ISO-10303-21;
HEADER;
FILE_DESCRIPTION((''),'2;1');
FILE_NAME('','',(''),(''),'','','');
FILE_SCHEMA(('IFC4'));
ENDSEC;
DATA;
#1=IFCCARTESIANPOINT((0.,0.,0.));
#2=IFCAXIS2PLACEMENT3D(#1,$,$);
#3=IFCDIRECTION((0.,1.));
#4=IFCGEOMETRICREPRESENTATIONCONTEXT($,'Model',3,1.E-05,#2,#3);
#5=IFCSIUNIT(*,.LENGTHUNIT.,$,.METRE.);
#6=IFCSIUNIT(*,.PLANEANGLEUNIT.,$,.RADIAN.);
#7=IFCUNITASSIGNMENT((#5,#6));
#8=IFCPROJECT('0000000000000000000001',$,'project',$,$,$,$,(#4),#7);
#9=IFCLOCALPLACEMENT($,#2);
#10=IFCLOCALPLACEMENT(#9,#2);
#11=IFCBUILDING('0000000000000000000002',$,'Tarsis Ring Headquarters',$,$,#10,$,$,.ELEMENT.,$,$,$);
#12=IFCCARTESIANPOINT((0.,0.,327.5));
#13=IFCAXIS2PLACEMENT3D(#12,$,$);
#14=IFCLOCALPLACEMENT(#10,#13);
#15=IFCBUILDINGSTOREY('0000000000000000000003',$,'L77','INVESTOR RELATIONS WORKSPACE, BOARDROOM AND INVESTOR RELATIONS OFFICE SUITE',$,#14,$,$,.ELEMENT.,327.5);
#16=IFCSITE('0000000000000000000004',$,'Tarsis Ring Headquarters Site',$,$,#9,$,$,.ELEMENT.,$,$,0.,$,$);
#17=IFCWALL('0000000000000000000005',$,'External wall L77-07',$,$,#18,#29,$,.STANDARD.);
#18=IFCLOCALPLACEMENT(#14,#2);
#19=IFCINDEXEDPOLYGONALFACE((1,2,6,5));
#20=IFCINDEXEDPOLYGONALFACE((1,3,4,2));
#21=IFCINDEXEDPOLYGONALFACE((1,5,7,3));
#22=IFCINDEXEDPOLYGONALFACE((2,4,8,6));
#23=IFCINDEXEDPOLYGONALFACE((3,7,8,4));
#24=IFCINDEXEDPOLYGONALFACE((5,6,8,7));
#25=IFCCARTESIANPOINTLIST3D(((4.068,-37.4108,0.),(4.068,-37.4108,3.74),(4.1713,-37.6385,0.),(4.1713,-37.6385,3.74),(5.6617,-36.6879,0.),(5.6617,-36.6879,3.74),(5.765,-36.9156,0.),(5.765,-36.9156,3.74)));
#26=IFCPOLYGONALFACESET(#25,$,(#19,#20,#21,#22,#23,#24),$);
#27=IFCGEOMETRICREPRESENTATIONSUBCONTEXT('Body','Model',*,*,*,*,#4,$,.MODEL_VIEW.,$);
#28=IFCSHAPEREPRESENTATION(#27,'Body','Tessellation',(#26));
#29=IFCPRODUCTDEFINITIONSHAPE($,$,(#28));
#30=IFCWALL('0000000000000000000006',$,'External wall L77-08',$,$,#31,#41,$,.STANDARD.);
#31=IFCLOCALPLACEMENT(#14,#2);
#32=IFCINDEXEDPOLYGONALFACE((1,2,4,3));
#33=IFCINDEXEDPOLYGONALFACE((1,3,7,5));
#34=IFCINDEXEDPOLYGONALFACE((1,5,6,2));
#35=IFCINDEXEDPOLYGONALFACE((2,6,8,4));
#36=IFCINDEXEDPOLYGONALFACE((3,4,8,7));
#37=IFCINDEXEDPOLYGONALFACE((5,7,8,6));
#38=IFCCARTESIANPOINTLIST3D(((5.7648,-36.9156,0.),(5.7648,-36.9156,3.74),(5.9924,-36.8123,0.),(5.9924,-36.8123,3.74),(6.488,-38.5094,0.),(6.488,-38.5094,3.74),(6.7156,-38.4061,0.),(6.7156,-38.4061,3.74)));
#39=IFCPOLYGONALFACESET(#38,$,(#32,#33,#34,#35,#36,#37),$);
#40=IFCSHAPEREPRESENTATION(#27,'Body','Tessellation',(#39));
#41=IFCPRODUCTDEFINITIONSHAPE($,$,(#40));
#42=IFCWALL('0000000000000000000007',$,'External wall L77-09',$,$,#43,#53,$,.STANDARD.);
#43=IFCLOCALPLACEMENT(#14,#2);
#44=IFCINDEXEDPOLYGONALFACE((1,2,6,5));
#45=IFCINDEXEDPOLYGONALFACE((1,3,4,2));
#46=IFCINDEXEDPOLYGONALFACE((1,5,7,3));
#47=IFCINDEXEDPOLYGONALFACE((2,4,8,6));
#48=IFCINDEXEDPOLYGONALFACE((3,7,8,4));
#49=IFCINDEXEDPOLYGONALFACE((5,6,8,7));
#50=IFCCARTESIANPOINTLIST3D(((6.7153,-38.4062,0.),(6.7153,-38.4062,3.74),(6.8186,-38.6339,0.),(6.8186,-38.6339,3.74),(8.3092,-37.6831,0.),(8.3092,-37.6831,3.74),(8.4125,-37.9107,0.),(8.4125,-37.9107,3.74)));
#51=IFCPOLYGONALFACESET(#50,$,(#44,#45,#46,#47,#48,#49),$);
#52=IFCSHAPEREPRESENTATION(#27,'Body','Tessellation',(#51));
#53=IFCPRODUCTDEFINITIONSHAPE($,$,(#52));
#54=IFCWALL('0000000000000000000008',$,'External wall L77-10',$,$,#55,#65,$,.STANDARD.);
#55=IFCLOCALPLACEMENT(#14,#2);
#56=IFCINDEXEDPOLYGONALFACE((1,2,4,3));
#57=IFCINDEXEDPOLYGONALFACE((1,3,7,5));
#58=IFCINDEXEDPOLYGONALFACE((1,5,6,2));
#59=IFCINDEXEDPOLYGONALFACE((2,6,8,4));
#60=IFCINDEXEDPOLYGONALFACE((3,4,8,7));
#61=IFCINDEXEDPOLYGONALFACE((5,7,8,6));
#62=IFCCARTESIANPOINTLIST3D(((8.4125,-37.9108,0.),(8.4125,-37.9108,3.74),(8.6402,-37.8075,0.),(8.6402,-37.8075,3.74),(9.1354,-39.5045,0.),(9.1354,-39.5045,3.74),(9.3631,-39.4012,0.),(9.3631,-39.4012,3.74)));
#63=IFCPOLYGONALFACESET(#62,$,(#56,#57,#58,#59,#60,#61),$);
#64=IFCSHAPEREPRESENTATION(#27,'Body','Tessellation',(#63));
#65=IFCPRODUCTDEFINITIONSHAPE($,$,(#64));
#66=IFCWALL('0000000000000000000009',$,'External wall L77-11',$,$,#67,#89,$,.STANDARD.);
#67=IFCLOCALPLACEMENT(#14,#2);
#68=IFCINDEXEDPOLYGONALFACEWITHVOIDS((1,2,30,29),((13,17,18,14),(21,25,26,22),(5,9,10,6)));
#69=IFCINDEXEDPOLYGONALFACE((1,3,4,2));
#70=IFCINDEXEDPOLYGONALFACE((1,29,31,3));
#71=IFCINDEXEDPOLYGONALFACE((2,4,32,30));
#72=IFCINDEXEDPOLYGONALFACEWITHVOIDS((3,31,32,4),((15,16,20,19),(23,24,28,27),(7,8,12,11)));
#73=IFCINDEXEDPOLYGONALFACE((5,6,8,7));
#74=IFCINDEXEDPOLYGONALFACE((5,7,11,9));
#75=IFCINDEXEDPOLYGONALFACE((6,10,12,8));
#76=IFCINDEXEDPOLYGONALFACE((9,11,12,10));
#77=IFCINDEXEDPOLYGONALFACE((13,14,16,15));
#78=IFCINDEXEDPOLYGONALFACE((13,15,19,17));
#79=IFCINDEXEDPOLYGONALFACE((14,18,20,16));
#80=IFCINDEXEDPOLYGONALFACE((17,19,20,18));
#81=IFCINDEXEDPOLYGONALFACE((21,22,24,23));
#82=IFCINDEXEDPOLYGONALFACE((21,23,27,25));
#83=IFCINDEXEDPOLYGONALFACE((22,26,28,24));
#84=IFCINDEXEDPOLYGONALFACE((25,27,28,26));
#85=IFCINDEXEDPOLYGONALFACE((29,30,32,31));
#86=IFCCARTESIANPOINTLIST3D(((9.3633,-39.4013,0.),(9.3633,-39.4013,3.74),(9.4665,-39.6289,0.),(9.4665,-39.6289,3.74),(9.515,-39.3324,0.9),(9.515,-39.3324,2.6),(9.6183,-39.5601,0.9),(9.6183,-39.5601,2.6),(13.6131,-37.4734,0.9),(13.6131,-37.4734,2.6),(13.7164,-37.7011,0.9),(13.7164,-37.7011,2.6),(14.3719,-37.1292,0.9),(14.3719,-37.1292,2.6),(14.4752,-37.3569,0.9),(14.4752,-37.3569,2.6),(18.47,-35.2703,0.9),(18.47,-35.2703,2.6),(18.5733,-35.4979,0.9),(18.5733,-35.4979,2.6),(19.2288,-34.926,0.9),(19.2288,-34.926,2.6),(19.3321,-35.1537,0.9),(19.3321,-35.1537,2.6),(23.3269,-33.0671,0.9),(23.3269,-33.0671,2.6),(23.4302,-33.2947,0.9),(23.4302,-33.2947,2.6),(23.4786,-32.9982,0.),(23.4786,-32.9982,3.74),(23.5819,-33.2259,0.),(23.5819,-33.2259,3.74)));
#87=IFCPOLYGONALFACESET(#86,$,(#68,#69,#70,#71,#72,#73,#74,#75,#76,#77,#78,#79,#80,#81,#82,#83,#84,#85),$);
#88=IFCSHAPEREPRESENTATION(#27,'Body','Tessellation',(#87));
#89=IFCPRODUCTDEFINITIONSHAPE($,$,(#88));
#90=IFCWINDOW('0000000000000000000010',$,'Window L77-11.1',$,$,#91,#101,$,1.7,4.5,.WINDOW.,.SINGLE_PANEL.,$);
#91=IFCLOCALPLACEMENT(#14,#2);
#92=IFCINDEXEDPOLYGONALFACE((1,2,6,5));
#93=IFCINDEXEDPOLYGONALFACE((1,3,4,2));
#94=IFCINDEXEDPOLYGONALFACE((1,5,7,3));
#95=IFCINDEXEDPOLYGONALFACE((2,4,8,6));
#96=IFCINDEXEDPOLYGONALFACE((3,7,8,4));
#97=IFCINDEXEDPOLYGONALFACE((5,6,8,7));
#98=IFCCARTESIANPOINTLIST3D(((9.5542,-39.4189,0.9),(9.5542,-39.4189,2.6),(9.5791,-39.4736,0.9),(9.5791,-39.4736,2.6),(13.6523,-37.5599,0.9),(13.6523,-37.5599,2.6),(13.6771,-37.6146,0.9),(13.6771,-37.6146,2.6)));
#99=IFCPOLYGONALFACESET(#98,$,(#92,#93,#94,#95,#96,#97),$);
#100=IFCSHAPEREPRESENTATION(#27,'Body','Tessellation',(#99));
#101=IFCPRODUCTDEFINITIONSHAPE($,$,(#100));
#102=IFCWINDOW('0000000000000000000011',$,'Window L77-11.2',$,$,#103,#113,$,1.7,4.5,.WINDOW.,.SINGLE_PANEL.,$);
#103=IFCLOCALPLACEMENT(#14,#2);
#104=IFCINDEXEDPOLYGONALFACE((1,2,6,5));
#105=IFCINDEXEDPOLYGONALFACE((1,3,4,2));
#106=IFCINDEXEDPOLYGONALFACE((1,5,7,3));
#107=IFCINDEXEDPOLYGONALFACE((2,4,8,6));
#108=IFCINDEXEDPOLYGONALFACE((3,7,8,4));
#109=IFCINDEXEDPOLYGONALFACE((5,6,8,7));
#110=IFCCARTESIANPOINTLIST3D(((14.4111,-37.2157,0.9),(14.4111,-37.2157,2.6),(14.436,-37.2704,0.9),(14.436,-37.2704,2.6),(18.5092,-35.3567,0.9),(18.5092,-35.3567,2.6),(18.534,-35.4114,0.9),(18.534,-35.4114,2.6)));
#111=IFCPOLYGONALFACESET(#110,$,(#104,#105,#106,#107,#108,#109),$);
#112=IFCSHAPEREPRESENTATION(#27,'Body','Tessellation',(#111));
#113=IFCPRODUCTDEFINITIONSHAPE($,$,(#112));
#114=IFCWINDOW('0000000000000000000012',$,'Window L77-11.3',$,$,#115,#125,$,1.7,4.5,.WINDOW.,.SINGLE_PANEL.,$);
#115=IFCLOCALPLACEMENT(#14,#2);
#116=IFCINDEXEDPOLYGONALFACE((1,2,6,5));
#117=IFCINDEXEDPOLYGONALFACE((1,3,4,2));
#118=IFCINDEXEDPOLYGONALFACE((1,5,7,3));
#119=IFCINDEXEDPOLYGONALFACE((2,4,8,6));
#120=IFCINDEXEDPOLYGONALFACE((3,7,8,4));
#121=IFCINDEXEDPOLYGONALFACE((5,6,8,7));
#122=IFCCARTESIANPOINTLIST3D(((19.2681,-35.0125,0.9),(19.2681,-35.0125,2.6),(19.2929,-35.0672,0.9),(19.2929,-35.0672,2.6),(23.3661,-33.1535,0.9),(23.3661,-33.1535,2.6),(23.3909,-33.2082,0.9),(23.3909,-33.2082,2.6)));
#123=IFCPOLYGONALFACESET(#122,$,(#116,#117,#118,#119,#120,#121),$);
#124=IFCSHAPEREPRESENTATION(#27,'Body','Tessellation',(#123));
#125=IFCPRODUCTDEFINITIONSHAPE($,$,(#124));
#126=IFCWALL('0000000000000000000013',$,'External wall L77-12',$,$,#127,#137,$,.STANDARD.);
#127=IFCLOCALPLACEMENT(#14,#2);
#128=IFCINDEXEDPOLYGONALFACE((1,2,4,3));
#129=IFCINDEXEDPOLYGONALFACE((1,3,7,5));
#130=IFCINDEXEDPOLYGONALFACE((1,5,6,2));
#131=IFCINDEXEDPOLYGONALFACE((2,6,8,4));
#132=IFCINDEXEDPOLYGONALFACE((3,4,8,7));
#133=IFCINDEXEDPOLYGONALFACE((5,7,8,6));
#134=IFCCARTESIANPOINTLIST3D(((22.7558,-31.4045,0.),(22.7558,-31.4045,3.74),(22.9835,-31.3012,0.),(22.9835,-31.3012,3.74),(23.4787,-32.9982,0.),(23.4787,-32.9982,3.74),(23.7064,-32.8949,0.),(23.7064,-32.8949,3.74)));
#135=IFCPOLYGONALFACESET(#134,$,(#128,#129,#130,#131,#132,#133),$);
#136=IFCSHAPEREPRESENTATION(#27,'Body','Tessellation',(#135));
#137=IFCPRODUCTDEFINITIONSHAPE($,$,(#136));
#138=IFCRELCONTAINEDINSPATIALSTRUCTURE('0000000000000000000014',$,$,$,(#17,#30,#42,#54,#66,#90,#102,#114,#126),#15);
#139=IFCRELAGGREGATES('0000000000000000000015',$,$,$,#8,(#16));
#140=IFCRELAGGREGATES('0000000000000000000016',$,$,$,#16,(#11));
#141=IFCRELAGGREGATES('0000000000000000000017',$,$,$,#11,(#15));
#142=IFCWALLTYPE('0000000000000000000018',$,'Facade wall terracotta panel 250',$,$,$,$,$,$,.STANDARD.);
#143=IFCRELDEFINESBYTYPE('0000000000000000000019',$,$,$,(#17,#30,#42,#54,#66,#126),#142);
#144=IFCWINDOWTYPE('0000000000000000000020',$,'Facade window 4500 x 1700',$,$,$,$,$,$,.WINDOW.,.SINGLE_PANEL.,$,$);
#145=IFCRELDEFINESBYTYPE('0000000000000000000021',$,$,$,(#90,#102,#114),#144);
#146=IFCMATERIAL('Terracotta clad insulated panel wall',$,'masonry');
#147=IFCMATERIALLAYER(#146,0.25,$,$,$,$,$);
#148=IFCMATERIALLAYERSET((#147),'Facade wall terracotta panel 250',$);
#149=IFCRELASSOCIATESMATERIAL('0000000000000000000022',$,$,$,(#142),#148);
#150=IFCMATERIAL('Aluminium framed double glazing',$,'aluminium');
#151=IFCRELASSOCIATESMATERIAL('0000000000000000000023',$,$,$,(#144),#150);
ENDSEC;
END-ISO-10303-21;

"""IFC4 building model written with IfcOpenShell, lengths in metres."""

from ifc_helpers import new_model, si_unit, direction, frame, frame_2d, origin, place, context, subcontext, project, spatial, rectangle, extrude, material, layer, layer_set, type_object, element, fill, save


model = new_model("IFC4")

# Units and contexts
model_context = context("Model", 3, precision=1e-05, world=origin(), true_north=direction((0.0, 1.0)))
body_context = subcontext(model_context, "Body", "Model", "MODEL_VIEW")
ifc_project = project(units=[si_unit("LENGTHUNIT", "METRE"), si_unit("PLANEANGLEUNIT", "RADIAN")], contexts=[model_context])

# Site, building, storey
site_placement = place(None, origin())
site = spatial("IfcSite", under=ifc_project, at=site_placement, Name="Tarsis Ring Headquarters Site", CompositionType="ELEMENT", RefElevation=0.0)
building_placement = place(site_placement, origin())
building = spatial("IfcBuilding", under=site, at=building_placement, Name="Tarsis Ring Headquarters", CompositionType="ELEMENT")
storey_placement = place(building_placement, frame((0.0, 0.0, 327.5)))
storey = spatial("IfcBuildingStorey", under=building, at=storey_placement, Name="L77", Description="INVESTOR RELATIONS WORKSPACE, BOARDROOM AND INVESTOR RELATIONS OFFICE SUITE", CompositionType="ELEMENT", Elevation=327.5)

# Walls
ifc_material_1 = material(Name="Terracotta clad insulated panel wall", Category="masonry")
ifc_layer_1 = layer(ifc_material_1, 0.25)
ifc_layer_set_1 = layer_set([ifc_layer_1], Name="Facade wall terracotta panel 250")
wall_type_1 = type_object("IfcWallType", Name="Facade wall terracotta panel 250", PredefinedType="STANDARD", material=ifc_layer_set_1)
wall_1_placement = place(storey_placement, frame((4.1196, -37.5247, 0.0), z_axis=(0.0, 0.0, 1.0), x_axis=(0.910696, 0.413078, 0.0)))
element("IfcWall", 1, at=wall_1_placement, inside=storey, type_object=wall_type_1, Name="External wall L77-07", PredefinedType="STANDARD", context=body_context, shape_type="SweptSolid", body=[
    extrude(rectangle(XDim=1.75, YDim=0.25, at=frame_2d((0.875, 0.0))), origin(), (0.0, 0.0, 1.0), 3.74),
])
for number, where, z_axis, x_axis, name in (
    (2, (5.8787, -36.864, 0.0), (0.0, 0.0, 1.0), (0.413193, -0.910643, 0.0), "External wall L77-08"),
    (3, (6.7671, -38.52, 0.0), (0.0, 0.0, 1.0), (0.910643, 0.413193, 0.0), "External wall L77-09"),
):
    element("IfcWall", number, at=place(storey_placement, frame(where, z_axis=z_axis, x_axis=x_axis)), inside=storey, type_object=wall_type_1, Name=name, PredefinedType="STANDARD", context=body_context, shape_type="SweptSolid", body=[
        extrude(rectangle(XDim=1.7502, YDim=0.25, at=frame_2d((0.875, 0.0))), origin(), (0.0, 0.0, 1.0), 3.74),
    ])
wall_2_placement = place(storey_placement, frame((8.5264, -37.8591, 0.0), z_axis=(0.0, 0.0, 1.0), x_axis=(0.413078, -0.910696, 0.0)))
element("IfcWall", 4, at=wall_2_placement, inside=storey, type_object=wall_type_1, Name="External wall L77-10", PredefinedType="STANDARD", context=body_context, shape_type="SweptSolid", body=[
    extrude(rectangle(XDim=1.75, YDim=0.25, at=frame_2d((0.875, 0.0))), origin(), (0.0, 0.0, 1.0), 3.74),
])

# Wall, openings, windows
wall_3_placement = place(storey_placement, frame((9.4148, -39.5151, 0.0), z_axis=(0.0, 0.0, 1.0), x_axis=(0.910683, 0.413105, 0.0)))
wall_3 = element("IfcWall", 5, at=wall_3_placement, inside=storey, type_object=wall_type_1, Name="External wall L77-11", PredefinedType="STANDARD", context=body_context, shape_type="SweptSolid", body=[
    extrude(rectangle(XDim=15.4998, YDim=0.25, at=frame_2d((7.75, 0.0))), origin(), (0.0, 0.0, 1.0), 3.74),
])
opening_1_placement = place(wall_3_placement, frame((0.1667, 0.0, 0.8999)))
opening_1 = element("IfcOpeningElement", 6, at=opening_1_placement, cuts=wall_3, PredefinedType="OPENING", context=body_context, shape_type="SweptSolid", body=[
    extrude(rectangle(XDim=4.5, YDim=1.7, at=frame_2d((2.25, 0.8501))), frame((0.0, 0.135, 0.0), z_axis=(0.0, -1.0, 0.0), x_axis=(1.0, 0.0, 0.0)), (0.0, 0.0, 1.0), 0.27),
])
opening_2_placement = place(wall_3_placement, frame((5.5, 0.0, 0.8999)))
opening_2 = element("IfcOpeningElement", 7, at=opening_2_placement, cuts=wall_3, PredefinedType="OPENING", context=body_context, shape_type="SweptSolid", body=[
    extrude(rectangle(XDim=4.5, YDim=1.7, at=frame_2d((2.25, 0.8501))), frame((0.0, 0.135, 0.0), z_axis=(0.0, -1.0, 0.0), x_axis=(1.0, 0.0, 0.0)), (0.0, 0.0, 1.0), 0.27),
])
opening_3_placement = place(wall_3_placement, frame((10.8333, 0.0, 0.8999)))
opening_3 = element("IfcOpeningElement", 8, at=opening_3_placement, cuts=wall_3, PredefinedType="OPENING", context=body_context, shape_type="SweptSolid", body=[
    extrude(rectangle(XDim=4.5, YDim=1.7, at=frame_2d((2.25, 0.8501))), frame((0.0, 0.135, 0.0), z_axis=(0.0, -1.0, 0.0), x_axis=(1.0, 0.0, 0.0)), (0.0, 0.0, 1.0), 0.27),
])
ifc_material_2 = material(Name="Aluminium framed double glazing", Category="aluminium")
window_type = type_object("IfcWindowType", Name="Facade window 4500 x 1700", PartitioningType="SINGLE_PANEL", PredefinedType="WINDOW", material=ifc_material_2)
window_1_placement = place(opening_1_placement, origin())
window_1 = element("IfcWindow", 9, at=window_1_placement, inside=storey, type_object=window_type, Name="Window L77-11.1", OverallHeight=1.7, OverallWidth=4.5, PartitioningType="SINGLE_PANEL", PredefinedType="WINDOW", context=body_context, shape_type="SweptSolid", body=[
    extrude(rectangle(XDim=4.5, YDim=1.7, at=frame_2d((2.25, 0.8501))), frame((0.0, 0.03, 0.0), z_axis=(0.0, -1.0, 0.0), x_axis=(1.0, 0.0, 0.0)), (0.0, 0.0, 1.0), 0.0601),
])
fill(opening_1, window_1)
window_2_placement = place(opening_2_placement, origin())
window_2 = element("IfcWindow", 10, at=window_2_placement, inside=storey, type_object=window_type, Name="Window L77-11.2", OverallHeight=1.7, OverallWidth=4.5, PartitioningType="SINGLE_PANEL", PredefinedType="WINDOW", context=body_context, shape_type="SweptSolid", body=[
    extrude(rectangle(XDim=4.5, YDim=1.7, at=frame_2d((2.25, 0.8501))), frame((0.0, 0.03, 0.0), z_axis=(0.0, -1.0, 0.0), x_axis=(1.0, 0.0, 0.0)), (0.0, 0.0, 1.0), 0.0601),
])
fill(opening_2, window_2)
window_3_placement = place(opening_3_placement, origin())
window_3 = element("IfcWindow", 11, at=window_3_placement, inside=storey, type_object=window_type, Name="Window L77-11.3", OverallHeight=1.7, OverallWidth=4.5, PartitioningType="SINGLE_PANEL", PredefinedType="WINDOW", context=body_context, shape_type="SweptSolid", body=[
    extrude(rectangle(XDim=4.5, YDim=1.7, at=frame_2d((2.25, 0.8501))), frame((0.0, 0.03, 0.0), z_axis=(0.0, -1.0, 0.0), x_axis=(1.0, 0.0, 0.0)), (0.0, 0.0, 1.0), 0.0601),
])
fill(opening_3, window_3)

# Wall
wall_4_placement = place(storey_placement, frame((23.5925, -32.9465, 0.0), z_axis=(0.0, 0.0, 1.0), x_axis=(-0.413078, 0.910696, 0.0)))
element("IfcWall", 12, at=wall_4_placement, inside=storey, type_object=wall_type_1, Name="External wall L77-12", PredefinedType="STANDARD", context=body_context, shape_type="SweptSolid", body=[
    extrude(rectangle(XDim=1.75, YDim=0.25, at=frame_2d((0.875, 0.0))), origin(), (0.0, 0.0, 1.0), 3.74),
])

save(model, "model.ifc")
